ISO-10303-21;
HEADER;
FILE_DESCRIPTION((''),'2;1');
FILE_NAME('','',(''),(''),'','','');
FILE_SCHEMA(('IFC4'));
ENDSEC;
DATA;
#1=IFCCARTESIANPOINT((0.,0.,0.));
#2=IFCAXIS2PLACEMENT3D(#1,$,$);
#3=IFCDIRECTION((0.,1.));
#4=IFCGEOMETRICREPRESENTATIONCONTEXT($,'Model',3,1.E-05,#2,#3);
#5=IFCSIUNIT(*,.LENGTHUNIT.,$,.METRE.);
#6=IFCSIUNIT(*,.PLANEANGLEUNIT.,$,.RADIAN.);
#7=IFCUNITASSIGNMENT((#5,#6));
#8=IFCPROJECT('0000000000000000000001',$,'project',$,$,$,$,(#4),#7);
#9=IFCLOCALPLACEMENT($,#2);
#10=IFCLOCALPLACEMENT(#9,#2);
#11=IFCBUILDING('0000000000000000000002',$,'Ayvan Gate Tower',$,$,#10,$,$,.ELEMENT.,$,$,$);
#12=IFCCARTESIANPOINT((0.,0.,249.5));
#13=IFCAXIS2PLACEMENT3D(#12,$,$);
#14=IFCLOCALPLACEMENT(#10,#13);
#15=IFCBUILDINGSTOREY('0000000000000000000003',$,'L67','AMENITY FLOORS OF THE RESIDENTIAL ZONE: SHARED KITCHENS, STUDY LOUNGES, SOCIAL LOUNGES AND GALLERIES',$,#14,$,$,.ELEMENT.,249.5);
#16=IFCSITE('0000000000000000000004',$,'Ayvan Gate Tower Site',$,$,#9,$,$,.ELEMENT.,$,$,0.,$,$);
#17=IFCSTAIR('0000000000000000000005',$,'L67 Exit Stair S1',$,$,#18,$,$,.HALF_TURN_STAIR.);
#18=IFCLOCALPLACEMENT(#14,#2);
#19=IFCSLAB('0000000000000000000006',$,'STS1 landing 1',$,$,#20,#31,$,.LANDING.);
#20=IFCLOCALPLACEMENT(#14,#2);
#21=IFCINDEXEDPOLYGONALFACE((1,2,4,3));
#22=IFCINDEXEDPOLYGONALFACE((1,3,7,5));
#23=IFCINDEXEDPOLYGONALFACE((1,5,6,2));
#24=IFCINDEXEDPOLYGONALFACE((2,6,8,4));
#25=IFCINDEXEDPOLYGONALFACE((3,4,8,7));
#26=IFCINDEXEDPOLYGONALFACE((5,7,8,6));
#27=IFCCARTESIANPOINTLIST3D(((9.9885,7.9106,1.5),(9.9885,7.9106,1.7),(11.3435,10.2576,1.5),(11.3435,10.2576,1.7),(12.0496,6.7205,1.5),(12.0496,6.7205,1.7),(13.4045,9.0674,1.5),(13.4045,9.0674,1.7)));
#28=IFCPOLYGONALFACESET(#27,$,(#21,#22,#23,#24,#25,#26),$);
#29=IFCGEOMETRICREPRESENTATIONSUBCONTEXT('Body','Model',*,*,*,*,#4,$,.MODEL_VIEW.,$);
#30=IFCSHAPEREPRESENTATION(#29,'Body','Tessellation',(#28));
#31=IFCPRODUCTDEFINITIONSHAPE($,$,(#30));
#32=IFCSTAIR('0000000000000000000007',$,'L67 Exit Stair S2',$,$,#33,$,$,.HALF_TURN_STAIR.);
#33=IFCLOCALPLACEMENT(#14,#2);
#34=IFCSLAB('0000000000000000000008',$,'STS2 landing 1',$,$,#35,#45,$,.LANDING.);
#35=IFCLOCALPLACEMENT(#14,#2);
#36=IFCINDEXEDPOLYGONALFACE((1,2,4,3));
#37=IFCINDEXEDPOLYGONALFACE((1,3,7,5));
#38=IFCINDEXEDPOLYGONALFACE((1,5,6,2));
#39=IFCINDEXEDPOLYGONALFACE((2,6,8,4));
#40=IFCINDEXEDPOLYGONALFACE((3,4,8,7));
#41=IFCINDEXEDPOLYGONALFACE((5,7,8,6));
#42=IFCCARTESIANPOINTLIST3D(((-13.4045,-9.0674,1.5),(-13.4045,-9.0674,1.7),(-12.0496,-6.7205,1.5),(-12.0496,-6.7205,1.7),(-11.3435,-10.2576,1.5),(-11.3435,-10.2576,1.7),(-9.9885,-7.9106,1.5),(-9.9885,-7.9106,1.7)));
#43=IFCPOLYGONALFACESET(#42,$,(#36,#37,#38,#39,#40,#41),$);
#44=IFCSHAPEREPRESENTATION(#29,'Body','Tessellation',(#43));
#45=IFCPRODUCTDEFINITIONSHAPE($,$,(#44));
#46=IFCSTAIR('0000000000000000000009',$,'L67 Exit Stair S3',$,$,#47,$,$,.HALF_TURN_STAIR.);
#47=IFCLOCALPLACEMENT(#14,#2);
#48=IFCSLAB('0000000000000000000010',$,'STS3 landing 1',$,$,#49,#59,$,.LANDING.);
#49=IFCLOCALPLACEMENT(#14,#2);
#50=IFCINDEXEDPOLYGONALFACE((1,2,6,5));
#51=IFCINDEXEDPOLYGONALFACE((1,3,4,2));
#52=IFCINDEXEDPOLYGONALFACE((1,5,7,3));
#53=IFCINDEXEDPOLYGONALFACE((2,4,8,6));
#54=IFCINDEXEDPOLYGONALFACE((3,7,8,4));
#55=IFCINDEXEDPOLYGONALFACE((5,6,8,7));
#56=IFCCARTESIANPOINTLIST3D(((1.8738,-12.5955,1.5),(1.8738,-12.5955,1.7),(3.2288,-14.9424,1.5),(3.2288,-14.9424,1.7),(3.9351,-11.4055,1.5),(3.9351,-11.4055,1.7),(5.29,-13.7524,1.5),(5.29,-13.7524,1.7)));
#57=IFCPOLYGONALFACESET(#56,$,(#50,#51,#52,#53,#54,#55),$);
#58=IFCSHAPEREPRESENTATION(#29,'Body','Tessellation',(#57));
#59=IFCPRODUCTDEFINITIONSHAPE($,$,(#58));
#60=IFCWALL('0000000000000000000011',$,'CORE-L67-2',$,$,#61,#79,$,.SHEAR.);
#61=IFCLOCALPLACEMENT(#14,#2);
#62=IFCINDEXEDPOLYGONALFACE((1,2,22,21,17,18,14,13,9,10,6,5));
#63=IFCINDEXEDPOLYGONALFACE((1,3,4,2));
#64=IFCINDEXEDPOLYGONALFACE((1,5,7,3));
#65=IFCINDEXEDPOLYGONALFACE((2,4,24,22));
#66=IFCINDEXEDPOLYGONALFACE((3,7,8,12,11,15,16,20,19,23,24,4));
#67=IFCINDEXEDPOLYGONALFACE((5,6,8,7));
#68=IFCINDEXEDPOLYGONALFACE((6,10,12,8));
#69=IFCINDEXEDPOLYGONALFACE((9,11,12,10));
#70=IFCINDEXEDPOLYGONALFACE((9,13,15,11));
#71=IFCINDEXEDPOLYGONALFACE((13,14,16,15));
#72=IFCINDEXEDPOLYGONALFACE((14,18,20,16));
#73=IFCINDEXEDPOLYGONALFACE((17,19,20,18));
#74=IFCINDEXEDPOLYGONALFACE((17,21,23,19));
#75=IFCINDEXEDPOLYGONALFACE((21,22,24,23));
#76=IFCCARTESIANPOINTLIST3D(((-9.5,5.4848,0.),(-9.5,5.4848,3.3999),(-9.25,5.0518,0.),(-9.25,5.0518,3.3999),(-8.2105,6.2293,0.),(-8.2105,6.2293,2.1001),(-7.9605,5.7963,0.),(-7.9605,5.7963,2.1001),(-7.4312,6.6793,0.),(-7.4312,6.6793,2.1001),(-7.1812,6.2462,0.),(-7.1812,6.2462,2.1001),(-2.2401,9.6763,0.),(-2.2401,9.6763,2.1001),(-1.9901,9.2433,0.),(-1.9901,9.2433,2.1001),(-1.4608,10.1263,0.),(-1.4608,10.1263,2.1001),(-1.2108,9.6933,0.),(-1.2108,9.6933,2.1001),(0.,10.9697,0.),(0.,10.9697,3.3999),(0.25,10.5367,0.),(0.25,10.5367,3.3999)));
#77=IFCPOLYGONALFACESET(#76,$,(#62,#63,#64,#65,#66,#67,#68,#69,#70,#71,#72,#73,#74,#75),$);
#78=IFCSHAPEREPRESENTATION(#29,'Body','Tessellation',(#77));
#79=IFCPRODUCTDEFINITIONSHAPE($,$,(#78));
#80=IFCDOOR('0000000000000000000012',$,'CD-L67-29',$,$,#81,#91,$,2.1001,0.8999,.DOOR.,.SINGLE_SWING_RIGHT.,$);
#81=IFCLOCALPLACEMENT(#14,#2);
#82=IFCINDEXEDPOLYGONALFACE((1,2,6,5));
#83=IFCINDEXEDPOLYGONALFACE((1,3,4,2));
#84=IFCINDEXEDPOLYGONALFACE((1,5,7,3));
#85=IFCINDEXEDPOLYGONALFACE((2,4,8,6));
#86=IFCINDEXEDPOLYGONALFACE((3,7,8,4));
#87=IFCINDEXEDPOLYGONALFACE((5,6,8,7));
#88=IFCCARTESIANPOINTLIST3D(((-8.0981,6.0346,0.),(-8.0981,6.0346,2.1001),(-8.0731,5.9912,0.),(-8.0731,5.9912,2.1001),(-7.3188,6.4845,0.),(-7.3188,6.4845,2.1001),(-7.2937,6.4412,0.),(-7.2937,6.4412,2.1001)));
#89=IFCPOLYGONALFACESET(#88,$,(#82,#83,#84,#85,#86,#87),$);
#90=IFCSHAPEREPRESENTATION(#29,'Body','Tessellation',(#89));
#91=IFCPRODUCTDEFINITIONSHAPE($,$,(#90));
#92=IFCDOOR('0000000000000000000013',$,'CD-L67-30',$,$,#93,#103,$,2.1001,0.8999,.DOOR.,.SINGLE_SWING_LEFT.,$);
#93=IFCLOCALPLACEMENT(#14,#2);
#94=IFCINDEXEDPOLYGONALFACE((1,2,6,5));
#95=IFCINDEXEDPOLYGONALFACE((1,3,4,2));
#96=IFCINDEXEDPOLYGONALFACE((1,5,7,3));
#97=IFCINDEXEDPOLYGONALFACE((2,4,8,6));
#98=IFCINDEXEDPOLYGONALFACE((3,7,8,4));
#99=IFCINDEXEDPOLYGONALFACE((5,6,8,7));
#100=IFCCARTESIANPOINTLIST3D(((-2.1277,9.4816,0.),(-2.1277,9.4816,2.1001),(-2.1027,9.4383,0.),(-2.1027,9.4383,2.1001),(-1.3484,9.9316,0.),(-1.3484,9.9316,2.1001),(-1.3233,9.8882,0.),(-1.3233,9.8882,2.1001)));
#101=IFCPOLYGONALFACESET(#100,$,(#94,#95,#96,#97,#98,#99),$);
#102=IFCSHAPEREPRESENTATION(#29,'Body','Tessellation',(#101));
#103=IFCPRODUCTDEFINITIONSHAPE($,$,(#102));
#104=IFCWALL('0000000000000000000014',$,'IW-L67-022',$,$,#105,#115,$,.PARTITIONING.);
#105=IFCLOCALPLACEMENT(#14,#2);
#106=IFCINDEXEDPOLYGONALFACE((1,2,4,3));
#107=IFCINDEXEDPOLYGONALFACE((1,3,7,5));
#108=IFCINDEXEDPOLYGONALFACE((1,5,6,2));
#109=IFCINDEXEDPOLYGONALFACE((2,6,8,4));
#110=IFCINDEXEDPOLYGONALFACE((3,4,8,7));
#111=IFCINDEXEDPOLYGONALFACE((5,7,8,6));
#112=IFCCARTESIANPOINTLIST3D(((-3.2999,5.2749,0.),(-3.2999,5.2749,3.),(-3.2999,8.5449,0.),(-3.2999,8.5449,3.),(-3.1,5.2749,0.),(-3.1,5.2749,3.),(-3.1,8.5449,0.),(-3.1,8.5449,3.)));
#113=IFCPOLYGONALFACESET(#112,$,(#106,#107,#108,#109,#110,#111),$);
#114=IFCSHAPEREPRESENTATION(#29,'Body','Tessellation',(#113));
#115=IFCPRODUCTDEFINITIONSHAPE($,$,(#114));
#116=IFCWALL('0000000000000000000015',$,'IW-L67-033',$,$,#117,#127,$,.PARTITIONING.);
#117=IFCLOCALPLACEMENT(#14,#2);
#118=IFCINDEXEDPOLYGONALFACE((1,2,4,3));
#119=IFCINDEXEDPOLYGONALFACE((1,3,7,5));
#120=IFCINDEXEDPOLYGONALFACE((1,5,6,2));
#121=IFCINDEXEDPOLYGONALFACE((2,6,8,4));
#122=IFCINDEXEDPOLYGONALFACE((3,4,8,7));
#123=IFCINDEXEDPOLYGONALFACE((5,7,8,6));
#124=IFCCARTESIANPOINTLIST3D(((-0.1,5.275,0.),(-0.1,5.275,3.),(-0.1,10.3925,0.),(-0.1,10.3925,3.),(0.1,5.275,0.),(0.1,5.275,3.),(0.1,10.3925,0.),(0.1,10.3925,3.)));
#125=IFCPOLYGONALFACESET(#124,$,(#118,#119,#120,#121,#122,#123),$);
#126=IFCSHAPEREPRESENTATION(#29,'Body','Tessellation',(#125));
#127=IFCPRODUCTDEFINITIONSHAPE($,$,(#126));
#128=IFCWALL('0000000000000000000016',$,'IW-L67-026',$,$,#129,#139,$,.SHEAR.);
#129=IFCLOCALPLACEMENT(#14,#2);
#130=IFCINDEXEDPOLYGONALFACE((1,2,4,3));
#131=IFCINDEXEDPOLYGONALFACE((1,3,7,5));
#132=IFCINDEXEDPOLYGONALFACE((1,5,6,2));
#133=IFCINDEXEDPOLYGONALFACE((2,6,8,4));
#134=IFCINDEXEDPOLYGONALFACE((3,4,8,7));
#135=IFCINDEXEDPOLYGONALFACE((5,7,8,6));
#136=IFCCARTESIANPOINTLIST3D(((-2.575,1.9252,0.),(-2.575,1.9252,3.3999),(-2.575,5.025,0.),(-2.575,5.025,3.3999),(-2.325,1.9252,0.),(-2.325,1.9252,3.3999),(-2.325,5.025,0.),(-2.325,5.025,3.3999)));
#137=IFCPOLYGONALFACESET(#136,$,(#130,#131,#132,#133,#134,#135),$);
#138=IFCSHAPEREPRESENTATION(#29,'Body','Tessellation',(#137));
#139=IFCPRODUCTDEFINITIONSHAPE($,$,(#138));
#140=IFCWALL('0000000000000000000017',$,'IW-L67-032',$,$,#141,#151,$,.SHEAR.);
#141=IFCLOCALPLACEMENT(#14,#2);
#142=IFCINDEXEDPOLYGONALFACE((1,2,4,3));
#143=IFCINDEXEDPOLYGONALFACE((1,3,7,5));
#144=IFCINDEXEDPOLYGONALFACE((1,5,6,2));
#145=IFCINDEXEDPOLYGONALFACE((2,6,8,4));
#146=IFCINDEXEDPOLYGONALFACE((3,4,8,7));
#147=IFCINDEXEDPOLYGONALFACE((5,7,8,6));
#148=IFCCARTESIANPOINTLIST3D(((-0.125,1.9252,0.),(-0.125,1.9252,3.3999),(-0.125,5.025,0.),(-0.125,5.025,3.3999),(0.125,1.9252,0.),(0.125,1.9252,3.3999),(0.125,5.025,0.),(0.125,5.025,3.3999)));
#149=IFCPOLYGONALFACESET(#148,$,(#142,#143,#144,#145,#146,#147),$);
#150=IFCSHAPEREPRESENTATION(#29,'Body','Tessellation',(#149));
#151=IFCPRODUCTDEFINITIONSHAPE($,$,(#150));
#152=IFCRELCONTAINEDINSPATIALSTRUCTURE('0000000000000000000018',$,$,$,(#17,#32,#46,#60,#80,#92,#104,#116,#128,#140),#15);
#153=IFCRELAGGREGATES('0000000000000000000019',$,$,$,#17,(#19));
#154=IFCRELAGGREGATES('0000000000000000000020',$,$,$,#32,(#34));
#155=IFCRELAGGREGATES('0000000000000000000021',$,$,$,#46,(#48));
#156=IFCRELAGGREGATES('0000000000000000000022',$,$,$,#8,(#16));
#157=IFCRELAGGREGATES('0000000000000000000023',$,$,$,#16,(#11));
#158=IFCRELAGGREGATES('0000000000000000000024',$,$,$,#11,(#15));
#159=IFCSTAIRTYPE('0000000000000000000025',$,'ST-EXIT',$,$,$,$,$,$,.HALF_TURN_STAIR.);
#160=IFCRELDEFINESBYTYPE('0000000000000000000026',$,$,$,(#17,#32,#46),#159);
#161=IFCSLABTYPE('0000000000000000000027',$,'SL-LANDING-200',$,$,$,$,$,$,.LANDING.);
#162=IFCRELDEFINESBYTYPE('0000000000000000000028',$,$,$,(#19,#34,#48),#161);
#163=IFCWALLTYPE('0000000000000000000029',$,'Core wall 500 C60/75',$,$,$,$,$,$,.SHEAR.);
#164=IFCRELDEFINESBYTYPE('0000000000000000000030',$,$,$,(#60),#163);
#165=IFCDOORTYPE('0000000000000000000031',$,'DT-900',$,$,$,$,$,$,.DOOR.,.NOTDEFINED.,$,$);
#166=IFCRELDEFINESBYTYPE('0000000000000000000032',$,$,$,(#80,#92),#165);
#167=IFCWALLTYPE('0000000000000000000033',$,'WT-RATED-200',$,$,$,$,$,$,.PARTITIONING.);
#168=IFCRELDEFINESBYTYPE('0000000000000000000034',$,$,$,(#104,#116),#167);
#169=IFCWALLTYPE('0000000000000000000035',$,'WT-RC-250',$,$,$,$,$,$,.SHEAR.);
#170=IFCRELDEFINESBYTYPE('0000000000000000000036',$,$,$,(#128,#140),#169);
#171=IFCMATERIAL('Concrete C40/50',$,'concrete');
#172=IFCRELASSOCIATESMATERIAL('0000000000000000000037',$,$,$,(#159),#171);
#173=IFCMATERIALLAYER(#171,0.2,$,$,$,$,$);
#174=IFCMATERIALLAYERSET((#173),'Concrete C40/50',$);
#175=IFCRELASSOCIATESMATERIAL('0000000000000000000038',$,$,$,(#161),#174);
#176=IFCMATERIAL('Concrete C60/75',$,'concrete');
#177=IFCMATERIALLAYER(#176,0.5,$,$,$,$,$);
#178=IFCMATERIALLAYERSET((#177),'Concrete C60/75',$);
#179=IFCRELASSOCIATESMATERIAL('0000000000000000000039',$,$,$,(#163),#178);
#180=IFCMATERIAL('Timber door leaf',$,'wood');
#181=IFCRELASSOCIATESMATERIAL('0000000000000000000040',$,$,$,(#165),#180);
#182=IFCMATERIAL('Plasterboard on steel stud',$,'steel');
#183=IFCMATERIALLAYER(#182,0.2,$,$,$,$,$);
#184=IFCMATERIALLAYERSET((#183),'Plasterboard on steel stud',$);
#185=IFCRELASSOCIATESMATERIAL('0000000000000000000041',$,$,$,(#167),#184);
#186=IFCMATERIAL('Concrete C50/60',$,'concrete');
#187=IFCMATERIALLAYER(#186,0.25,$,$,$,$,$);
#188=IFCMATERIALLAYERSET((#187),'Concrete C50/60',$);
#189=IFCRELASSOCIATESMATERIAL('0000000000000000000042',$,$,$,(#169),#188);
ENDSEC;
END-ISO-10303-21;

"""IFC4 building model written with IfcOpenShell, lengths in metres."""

from ifc_helpers import new_model, si_unit, direction, frame, frame_2d, origin, place, context, subcontext, project, spatial, polyline, rectangle, outline, extrude, material, layer, layer_set, type_object, element, fill, aggregate, save


model = new_model("IFC4")

# Units and contexts
model_context = context("Model", 3, precision=1e-05, world=origin(), true_north=direction((0.0, 1.0)))
body_context = subcontext(model_context, "Body", "Model", "MODEL_VIEW")
ifc_project = project(units=[si_unit("LENGTHUNIT", "METRE"), si_unit("PLANEANGLEUNIT", "RADIAN")], contexts=[model_context])

# Site, building, storey
site_placement = place(None, origin())
site = spatial("IfcSite", under=ifc_project, at=site_placement, Name="Ayvan Gate Tower Site", CompositionType="ELEMENT", RefElevation=0.0)
building_placement = place(site_placement, origin())
building = spatial("IfcBuilding", under=site, at=building_placement, Name="Ayvan Gate Tower", CompositionType="ELEMENT")
storey_placement = place(building_placement, frame((0.0, 0.0, 249.5)))
storey = spatial("IfcBuildingStorey", under=building, at=storey_placement, Name="L67", Description="AMENITY FLOORS OF THE RESIDENTIAL ZONE: SHARED KITCHENS, STUDY LOUNGES, SOCIAL LOUNGES AND GALLERIES", CompositionType="ELEMENT", Elevation=249.5)

# Stairs, slabs
ifc_material_1 = material(Name="Concrete C40/50", Category="concrete")
stair_type = type_object("IfcStairType", Name="ST-EXIT", PredefinedType="HALF_TURN_STAIR", material=ifc_material_1)
stair_1_placement = place(storey_placement, origin())
stair_1 = element("IfcStair", 1, at=stair_1_placement, inside=storey, type_object=stair_type, Name="L67 Exit Stair S1", PredefinedType="HALF_TURN_STAIR")
ifc_layer_1 = layer(ifc_material_1, 0.2)
ifc_layer_set_1 = layer_set([ifc_layer_1], Name="Concrete C40/50")
slab_type = type_object("IfcSlabType", Name="SL-LANDING-200", PredefinedType="LANDING", material=ifc_layer_set_1)
slab_1_placement = place(storey_placement, frame((0.0, 0.0, 1.5)))
slab_1 = element("IfcSlab", 2, at=slab_1_placement, type_object=slab_type, Name="STS1 landing 1", PredefinedType="LANDING", context=body_context, shape_type="SweptSolid", body=[
    extrude(outline(polyline([(9.9885, 7.9106), (12.0496, 6.7205), (13.4045, 9.0674), (11.3435, 10.2576), (9.9885, 7.9106)])), origin(), (0.0, 0.0, 1.0), 0.2),
])
aggregate(stair_1, [slab_1])
stair_2_placement = place(storey_placement, origin())
stair_2 = element("IfcStair", 3, at=stair_2_placement, inside=storey, type_object=stair_type, Name="L67 Exit Stair S2", PredefinedType="HALF_TURN_STAIR")
slab_2_placement = place(storey_placement, frame((0.0, 0.0, 1.5)))
slab_2 = element("IfcSlab", 4, at=slab_2_placement, type_object=slab_type, Name="STS2 landing 1", PredefinedType="LANDING", context=body_context, shape_type="SweptSolid", body=[
    extrude(outline(polyline([(-9.9885, -7.9106), (-12.0496, -6.7205), (-13.4045, -9.0674), (-11.3435, -10.2576), (-9.9885, -7.9106)])), origin(), (0.0, 0.0, 1.0), 0.2),
])
aggregate(stair_2, [slab_2])
stair_3_placement = place(storey_placement, origin())
stair_3 = element("IfcStair", 5, at=stair_3_placement, inside=storey, type_object=stair_type, Name="L67 Exit Stair S3", PredefinedType="HALF_TURN_STAIR")
slab_3_placement = place(storey_placement, frame((0.0, 0.0, 1.5)))
slab_3 = element("IfcSlab", 6, at=slab_3_placement, type_object=slab_type, Name="STS3 landing 1", PredefinedType="LANDING", context=body_context, shape_type="SweptSolid", body=[
    extrude(outline(polyline([(3.9351, -11.4055), (1.8738, -12.5955), (3.2288, -14.9424), (5.29, -13.7524), (3.9351, -11.4055)])), origin(), (0.0, 0.0, 1.0), 0.2),
])
aggregate(stair_3, [slab_3])

# Wall, openings, doors
ifc_material_2 = material(Name="Concrete C60/75", Category="concrete")
ifc_layer_2 = layer(ifc_material_2, 0.5)
ifc_layer_set_2 = layer_set([ifc_layer_2], Name="Concrete C60/75")
wall_type_1 = type_object("IfcWallType", Name="Core wall 500 C60/75", PredefinedType="SHEAR", material=ifc_layer_set_2)
wall_1_placement = place(storey_placement, frame((0.125, 10.7532, 0.0), z_axis=(0.0, 0.0, 1.0), x_axis=(-0.866024, -0.500002, 0.0)))
wall_1 = element("IfcWall", 7, at=wall_1_placement, inside=storey, type_object=wall_type_1, Name="CORE-L67-2", PredefinedType="SHEAR", context=body_context, shape_type="SweptSolid", body=[
    extrude(rectangle(XDim=10.9697, YDim=0.5, at=frame_2d((5.4849, 0.0))), origin(), (0.0, 0.0, 1.0), 3.3999),
])
opening_1_placement = place(wall_1_placement, frame((8.5808, 0.0, 0.0)))
opening_1 = element("IfcOpeningElement", 8, at=opening_1_placement, cuts=wall_1, PredefinedType="OPENING", context=body_context, shape_type="SweptSolid", body=[
    extrude(rectangle(XDim=0.8999, YDim=2.1001, at=frame_2d((0.45, 1.05))), frame((0.0, 0.26, 0.0), z_axis=(0.0, -1.0, 0.0), x_axis=(1.0, 0.0, 0.0)), (0.0, 0.0, 1.0), 0.52),
])
opening_2_placement = place(wall_1_placement, frame((1.6868, 0.0, 0.0)))
opening_2 = element("IfcOpeningElement", 9, at=opening_2_placement, cuts=wall_1, PredefinedType="OPENING", context=body_context, shape_type="SweptSolid", body=[
    extrude(rectangle(XDim=0.8999, YDim=2.1001, at=frame_2d((0.45, 1.05))), frame((0.0, 0.26, 0.0), z_axis=(0.0, -1.0, 0.0), x_axis=(1.0, 0.0, 0.0)), (0.0, 0.0, 1.0), 0.52),
])
ifc_material_3 = material(Name="Timber door leaf", Category="wood")
door_type = type_object("IfcDoorType", Name="DT-900", OperationType="NOTDEFINED", PredefinedType="DOOR", material=ifc_material_3)
door_1_placement = place(opening_1_placement, origin())
door_1 = element("IfcDoor", 10, at=door_1_placement, inside=storey, type_object=door_type, Name="CD-L67-29", OperationType="SINGLE_SWING_RIGHT", OverallHeight=2.1001, OverallWidth=0.8999, PredefinedType="DOOR", context=body_context, shape_type="SweptSolid", body=[
    extrude(rectangle(XDim=0.8999, YDim=2.1001, at=frame_2d((0.45, 1.05))), frame((0.0, 0.0249, 0.0), z_axis=(0.0, -1.0, 0.0), x_axis=(1.0, 0.0, 0.0)), (0.0, 0.0, 1.0), 0.05),
])
fill(opening_1, door_1)
door_2_placement = place(opening_2_placement, origin())
door_2 = element("IfcDoor", 11, at=door_2_placement, inside=storey, type_object=door_type, Name="CD-L67-30", OperationType="SINGLE_SWING_LEFT", OverallHeight=2.1001, OverallWidth=0.8999, PredefinedType="DOOR", context=body_context, shape_type="SweptSolid", body=[
    extrude(rectangle(XDim=0.8999, YDim=2.1001, at=frame_2d((0.45, 1.05))), frame((0.0, 0.0249, 0.0), z_axis=(0.0, -1.0, 0.0), x_axis=(1.0, 0.0, 0.0)), (0.0, 0.0, 1.0), 0.05),
])
fill(opening_2, door_2)

# Walls
ifc_material_4 = material(Name="Plasterboard on steel stud", Category="steel")
ifc_layer_3 = layer(ifc_material_4, 0.2)
ifc_layer_set_3 = layer_set([ifc_layer_3], Name="Plasterboard on steel stud")
wall_type_2 = type_object("IfcWallType", Name="WT-RATED-200", PredefinedType="PARTITIONING", material=ifc_layer_set_3)
wall_2_placement = place(storey_placement, frame((-3.2, 8.5449, 0.0), z_axis=(0.0, 0.0, 1.0), x_axis=(0.0, -1.0, 0.0)))
element("IfcWall", 12, at=wall_2_placement, inside=storey, type_object=wall_type_2, Name="IW-L67-022", PredefinedType="PARTITIONING", context=body_context, shape_type="SweptSolid", body=[
    extrude(rectangle(XDim=3.27, YDim=0.2, at=frame_2d((1.635, 0.0))), origin(), (0.0, 0.0, 1.0), 3.0),
])
wall_3_placement = place(storey_placement, frame((0.0, 10.3923, 0.0), z_axis=(0.0, 0.0, 1.0), x_axis=(0.0, -1.0, 0.0)))
element("IfcWall", 13, at=wall_3_placement, inside=storey, type_object=wall_type_2, Name="IW-L67-033", PredefinedType="PARTITIONING", context=body_context, shape_type="SweptSolid", body=[
    extrude(rectangle(XDim=5.1174, YDim=0.2, at=frame_2d((2.5586, 0.0))), origin(), (0.0, 0.0, 1.0), 3.0),
])
ifc_material_5 = material(Name="Concrete C50/60", Category="concrete")
ifc_layer_4 = layer(ifc_material_5, 0.25)
ifc_layer_set_4 = layer_set([ifc_layer_4], Name="Concrete C50/60")
wall_type_3 = type_object("IfcWallType", Name="WT-RC-250", PredefinedType="SHEAR", material=ifc_layer_set_4)
for number, where, z_axis, x_axis, name in (
    (14, (-2.45, 5.0249, 0.0), (0.0, 0.0, 1.0), (0.0, -1.0, 0.0), "IW-L67-026"),
    (15, (0.0, 5.0249, 0.0), (0.0, 0.0, 1.0), (0.0, -1.0, 0.0), "IW-L67-032"),
):
    element("IfcWall", number, at=place(storey_placement, frame(where, z_axis=z_axis, x_axis=x_axis)), inside=storey, type_object=wall_type_3, Name=name, PredefinedType="SHEAR", context=body_context, shape_type="SweptSolid", body=[
        extrude(rectangle(XDim=3.0999, YDim=0.25, at=frame_2d((1.5498, 0.0))), origin(), (0.0, 0.0, 1.0), 3.3999),
    ])

save(model, "model.ifc")
